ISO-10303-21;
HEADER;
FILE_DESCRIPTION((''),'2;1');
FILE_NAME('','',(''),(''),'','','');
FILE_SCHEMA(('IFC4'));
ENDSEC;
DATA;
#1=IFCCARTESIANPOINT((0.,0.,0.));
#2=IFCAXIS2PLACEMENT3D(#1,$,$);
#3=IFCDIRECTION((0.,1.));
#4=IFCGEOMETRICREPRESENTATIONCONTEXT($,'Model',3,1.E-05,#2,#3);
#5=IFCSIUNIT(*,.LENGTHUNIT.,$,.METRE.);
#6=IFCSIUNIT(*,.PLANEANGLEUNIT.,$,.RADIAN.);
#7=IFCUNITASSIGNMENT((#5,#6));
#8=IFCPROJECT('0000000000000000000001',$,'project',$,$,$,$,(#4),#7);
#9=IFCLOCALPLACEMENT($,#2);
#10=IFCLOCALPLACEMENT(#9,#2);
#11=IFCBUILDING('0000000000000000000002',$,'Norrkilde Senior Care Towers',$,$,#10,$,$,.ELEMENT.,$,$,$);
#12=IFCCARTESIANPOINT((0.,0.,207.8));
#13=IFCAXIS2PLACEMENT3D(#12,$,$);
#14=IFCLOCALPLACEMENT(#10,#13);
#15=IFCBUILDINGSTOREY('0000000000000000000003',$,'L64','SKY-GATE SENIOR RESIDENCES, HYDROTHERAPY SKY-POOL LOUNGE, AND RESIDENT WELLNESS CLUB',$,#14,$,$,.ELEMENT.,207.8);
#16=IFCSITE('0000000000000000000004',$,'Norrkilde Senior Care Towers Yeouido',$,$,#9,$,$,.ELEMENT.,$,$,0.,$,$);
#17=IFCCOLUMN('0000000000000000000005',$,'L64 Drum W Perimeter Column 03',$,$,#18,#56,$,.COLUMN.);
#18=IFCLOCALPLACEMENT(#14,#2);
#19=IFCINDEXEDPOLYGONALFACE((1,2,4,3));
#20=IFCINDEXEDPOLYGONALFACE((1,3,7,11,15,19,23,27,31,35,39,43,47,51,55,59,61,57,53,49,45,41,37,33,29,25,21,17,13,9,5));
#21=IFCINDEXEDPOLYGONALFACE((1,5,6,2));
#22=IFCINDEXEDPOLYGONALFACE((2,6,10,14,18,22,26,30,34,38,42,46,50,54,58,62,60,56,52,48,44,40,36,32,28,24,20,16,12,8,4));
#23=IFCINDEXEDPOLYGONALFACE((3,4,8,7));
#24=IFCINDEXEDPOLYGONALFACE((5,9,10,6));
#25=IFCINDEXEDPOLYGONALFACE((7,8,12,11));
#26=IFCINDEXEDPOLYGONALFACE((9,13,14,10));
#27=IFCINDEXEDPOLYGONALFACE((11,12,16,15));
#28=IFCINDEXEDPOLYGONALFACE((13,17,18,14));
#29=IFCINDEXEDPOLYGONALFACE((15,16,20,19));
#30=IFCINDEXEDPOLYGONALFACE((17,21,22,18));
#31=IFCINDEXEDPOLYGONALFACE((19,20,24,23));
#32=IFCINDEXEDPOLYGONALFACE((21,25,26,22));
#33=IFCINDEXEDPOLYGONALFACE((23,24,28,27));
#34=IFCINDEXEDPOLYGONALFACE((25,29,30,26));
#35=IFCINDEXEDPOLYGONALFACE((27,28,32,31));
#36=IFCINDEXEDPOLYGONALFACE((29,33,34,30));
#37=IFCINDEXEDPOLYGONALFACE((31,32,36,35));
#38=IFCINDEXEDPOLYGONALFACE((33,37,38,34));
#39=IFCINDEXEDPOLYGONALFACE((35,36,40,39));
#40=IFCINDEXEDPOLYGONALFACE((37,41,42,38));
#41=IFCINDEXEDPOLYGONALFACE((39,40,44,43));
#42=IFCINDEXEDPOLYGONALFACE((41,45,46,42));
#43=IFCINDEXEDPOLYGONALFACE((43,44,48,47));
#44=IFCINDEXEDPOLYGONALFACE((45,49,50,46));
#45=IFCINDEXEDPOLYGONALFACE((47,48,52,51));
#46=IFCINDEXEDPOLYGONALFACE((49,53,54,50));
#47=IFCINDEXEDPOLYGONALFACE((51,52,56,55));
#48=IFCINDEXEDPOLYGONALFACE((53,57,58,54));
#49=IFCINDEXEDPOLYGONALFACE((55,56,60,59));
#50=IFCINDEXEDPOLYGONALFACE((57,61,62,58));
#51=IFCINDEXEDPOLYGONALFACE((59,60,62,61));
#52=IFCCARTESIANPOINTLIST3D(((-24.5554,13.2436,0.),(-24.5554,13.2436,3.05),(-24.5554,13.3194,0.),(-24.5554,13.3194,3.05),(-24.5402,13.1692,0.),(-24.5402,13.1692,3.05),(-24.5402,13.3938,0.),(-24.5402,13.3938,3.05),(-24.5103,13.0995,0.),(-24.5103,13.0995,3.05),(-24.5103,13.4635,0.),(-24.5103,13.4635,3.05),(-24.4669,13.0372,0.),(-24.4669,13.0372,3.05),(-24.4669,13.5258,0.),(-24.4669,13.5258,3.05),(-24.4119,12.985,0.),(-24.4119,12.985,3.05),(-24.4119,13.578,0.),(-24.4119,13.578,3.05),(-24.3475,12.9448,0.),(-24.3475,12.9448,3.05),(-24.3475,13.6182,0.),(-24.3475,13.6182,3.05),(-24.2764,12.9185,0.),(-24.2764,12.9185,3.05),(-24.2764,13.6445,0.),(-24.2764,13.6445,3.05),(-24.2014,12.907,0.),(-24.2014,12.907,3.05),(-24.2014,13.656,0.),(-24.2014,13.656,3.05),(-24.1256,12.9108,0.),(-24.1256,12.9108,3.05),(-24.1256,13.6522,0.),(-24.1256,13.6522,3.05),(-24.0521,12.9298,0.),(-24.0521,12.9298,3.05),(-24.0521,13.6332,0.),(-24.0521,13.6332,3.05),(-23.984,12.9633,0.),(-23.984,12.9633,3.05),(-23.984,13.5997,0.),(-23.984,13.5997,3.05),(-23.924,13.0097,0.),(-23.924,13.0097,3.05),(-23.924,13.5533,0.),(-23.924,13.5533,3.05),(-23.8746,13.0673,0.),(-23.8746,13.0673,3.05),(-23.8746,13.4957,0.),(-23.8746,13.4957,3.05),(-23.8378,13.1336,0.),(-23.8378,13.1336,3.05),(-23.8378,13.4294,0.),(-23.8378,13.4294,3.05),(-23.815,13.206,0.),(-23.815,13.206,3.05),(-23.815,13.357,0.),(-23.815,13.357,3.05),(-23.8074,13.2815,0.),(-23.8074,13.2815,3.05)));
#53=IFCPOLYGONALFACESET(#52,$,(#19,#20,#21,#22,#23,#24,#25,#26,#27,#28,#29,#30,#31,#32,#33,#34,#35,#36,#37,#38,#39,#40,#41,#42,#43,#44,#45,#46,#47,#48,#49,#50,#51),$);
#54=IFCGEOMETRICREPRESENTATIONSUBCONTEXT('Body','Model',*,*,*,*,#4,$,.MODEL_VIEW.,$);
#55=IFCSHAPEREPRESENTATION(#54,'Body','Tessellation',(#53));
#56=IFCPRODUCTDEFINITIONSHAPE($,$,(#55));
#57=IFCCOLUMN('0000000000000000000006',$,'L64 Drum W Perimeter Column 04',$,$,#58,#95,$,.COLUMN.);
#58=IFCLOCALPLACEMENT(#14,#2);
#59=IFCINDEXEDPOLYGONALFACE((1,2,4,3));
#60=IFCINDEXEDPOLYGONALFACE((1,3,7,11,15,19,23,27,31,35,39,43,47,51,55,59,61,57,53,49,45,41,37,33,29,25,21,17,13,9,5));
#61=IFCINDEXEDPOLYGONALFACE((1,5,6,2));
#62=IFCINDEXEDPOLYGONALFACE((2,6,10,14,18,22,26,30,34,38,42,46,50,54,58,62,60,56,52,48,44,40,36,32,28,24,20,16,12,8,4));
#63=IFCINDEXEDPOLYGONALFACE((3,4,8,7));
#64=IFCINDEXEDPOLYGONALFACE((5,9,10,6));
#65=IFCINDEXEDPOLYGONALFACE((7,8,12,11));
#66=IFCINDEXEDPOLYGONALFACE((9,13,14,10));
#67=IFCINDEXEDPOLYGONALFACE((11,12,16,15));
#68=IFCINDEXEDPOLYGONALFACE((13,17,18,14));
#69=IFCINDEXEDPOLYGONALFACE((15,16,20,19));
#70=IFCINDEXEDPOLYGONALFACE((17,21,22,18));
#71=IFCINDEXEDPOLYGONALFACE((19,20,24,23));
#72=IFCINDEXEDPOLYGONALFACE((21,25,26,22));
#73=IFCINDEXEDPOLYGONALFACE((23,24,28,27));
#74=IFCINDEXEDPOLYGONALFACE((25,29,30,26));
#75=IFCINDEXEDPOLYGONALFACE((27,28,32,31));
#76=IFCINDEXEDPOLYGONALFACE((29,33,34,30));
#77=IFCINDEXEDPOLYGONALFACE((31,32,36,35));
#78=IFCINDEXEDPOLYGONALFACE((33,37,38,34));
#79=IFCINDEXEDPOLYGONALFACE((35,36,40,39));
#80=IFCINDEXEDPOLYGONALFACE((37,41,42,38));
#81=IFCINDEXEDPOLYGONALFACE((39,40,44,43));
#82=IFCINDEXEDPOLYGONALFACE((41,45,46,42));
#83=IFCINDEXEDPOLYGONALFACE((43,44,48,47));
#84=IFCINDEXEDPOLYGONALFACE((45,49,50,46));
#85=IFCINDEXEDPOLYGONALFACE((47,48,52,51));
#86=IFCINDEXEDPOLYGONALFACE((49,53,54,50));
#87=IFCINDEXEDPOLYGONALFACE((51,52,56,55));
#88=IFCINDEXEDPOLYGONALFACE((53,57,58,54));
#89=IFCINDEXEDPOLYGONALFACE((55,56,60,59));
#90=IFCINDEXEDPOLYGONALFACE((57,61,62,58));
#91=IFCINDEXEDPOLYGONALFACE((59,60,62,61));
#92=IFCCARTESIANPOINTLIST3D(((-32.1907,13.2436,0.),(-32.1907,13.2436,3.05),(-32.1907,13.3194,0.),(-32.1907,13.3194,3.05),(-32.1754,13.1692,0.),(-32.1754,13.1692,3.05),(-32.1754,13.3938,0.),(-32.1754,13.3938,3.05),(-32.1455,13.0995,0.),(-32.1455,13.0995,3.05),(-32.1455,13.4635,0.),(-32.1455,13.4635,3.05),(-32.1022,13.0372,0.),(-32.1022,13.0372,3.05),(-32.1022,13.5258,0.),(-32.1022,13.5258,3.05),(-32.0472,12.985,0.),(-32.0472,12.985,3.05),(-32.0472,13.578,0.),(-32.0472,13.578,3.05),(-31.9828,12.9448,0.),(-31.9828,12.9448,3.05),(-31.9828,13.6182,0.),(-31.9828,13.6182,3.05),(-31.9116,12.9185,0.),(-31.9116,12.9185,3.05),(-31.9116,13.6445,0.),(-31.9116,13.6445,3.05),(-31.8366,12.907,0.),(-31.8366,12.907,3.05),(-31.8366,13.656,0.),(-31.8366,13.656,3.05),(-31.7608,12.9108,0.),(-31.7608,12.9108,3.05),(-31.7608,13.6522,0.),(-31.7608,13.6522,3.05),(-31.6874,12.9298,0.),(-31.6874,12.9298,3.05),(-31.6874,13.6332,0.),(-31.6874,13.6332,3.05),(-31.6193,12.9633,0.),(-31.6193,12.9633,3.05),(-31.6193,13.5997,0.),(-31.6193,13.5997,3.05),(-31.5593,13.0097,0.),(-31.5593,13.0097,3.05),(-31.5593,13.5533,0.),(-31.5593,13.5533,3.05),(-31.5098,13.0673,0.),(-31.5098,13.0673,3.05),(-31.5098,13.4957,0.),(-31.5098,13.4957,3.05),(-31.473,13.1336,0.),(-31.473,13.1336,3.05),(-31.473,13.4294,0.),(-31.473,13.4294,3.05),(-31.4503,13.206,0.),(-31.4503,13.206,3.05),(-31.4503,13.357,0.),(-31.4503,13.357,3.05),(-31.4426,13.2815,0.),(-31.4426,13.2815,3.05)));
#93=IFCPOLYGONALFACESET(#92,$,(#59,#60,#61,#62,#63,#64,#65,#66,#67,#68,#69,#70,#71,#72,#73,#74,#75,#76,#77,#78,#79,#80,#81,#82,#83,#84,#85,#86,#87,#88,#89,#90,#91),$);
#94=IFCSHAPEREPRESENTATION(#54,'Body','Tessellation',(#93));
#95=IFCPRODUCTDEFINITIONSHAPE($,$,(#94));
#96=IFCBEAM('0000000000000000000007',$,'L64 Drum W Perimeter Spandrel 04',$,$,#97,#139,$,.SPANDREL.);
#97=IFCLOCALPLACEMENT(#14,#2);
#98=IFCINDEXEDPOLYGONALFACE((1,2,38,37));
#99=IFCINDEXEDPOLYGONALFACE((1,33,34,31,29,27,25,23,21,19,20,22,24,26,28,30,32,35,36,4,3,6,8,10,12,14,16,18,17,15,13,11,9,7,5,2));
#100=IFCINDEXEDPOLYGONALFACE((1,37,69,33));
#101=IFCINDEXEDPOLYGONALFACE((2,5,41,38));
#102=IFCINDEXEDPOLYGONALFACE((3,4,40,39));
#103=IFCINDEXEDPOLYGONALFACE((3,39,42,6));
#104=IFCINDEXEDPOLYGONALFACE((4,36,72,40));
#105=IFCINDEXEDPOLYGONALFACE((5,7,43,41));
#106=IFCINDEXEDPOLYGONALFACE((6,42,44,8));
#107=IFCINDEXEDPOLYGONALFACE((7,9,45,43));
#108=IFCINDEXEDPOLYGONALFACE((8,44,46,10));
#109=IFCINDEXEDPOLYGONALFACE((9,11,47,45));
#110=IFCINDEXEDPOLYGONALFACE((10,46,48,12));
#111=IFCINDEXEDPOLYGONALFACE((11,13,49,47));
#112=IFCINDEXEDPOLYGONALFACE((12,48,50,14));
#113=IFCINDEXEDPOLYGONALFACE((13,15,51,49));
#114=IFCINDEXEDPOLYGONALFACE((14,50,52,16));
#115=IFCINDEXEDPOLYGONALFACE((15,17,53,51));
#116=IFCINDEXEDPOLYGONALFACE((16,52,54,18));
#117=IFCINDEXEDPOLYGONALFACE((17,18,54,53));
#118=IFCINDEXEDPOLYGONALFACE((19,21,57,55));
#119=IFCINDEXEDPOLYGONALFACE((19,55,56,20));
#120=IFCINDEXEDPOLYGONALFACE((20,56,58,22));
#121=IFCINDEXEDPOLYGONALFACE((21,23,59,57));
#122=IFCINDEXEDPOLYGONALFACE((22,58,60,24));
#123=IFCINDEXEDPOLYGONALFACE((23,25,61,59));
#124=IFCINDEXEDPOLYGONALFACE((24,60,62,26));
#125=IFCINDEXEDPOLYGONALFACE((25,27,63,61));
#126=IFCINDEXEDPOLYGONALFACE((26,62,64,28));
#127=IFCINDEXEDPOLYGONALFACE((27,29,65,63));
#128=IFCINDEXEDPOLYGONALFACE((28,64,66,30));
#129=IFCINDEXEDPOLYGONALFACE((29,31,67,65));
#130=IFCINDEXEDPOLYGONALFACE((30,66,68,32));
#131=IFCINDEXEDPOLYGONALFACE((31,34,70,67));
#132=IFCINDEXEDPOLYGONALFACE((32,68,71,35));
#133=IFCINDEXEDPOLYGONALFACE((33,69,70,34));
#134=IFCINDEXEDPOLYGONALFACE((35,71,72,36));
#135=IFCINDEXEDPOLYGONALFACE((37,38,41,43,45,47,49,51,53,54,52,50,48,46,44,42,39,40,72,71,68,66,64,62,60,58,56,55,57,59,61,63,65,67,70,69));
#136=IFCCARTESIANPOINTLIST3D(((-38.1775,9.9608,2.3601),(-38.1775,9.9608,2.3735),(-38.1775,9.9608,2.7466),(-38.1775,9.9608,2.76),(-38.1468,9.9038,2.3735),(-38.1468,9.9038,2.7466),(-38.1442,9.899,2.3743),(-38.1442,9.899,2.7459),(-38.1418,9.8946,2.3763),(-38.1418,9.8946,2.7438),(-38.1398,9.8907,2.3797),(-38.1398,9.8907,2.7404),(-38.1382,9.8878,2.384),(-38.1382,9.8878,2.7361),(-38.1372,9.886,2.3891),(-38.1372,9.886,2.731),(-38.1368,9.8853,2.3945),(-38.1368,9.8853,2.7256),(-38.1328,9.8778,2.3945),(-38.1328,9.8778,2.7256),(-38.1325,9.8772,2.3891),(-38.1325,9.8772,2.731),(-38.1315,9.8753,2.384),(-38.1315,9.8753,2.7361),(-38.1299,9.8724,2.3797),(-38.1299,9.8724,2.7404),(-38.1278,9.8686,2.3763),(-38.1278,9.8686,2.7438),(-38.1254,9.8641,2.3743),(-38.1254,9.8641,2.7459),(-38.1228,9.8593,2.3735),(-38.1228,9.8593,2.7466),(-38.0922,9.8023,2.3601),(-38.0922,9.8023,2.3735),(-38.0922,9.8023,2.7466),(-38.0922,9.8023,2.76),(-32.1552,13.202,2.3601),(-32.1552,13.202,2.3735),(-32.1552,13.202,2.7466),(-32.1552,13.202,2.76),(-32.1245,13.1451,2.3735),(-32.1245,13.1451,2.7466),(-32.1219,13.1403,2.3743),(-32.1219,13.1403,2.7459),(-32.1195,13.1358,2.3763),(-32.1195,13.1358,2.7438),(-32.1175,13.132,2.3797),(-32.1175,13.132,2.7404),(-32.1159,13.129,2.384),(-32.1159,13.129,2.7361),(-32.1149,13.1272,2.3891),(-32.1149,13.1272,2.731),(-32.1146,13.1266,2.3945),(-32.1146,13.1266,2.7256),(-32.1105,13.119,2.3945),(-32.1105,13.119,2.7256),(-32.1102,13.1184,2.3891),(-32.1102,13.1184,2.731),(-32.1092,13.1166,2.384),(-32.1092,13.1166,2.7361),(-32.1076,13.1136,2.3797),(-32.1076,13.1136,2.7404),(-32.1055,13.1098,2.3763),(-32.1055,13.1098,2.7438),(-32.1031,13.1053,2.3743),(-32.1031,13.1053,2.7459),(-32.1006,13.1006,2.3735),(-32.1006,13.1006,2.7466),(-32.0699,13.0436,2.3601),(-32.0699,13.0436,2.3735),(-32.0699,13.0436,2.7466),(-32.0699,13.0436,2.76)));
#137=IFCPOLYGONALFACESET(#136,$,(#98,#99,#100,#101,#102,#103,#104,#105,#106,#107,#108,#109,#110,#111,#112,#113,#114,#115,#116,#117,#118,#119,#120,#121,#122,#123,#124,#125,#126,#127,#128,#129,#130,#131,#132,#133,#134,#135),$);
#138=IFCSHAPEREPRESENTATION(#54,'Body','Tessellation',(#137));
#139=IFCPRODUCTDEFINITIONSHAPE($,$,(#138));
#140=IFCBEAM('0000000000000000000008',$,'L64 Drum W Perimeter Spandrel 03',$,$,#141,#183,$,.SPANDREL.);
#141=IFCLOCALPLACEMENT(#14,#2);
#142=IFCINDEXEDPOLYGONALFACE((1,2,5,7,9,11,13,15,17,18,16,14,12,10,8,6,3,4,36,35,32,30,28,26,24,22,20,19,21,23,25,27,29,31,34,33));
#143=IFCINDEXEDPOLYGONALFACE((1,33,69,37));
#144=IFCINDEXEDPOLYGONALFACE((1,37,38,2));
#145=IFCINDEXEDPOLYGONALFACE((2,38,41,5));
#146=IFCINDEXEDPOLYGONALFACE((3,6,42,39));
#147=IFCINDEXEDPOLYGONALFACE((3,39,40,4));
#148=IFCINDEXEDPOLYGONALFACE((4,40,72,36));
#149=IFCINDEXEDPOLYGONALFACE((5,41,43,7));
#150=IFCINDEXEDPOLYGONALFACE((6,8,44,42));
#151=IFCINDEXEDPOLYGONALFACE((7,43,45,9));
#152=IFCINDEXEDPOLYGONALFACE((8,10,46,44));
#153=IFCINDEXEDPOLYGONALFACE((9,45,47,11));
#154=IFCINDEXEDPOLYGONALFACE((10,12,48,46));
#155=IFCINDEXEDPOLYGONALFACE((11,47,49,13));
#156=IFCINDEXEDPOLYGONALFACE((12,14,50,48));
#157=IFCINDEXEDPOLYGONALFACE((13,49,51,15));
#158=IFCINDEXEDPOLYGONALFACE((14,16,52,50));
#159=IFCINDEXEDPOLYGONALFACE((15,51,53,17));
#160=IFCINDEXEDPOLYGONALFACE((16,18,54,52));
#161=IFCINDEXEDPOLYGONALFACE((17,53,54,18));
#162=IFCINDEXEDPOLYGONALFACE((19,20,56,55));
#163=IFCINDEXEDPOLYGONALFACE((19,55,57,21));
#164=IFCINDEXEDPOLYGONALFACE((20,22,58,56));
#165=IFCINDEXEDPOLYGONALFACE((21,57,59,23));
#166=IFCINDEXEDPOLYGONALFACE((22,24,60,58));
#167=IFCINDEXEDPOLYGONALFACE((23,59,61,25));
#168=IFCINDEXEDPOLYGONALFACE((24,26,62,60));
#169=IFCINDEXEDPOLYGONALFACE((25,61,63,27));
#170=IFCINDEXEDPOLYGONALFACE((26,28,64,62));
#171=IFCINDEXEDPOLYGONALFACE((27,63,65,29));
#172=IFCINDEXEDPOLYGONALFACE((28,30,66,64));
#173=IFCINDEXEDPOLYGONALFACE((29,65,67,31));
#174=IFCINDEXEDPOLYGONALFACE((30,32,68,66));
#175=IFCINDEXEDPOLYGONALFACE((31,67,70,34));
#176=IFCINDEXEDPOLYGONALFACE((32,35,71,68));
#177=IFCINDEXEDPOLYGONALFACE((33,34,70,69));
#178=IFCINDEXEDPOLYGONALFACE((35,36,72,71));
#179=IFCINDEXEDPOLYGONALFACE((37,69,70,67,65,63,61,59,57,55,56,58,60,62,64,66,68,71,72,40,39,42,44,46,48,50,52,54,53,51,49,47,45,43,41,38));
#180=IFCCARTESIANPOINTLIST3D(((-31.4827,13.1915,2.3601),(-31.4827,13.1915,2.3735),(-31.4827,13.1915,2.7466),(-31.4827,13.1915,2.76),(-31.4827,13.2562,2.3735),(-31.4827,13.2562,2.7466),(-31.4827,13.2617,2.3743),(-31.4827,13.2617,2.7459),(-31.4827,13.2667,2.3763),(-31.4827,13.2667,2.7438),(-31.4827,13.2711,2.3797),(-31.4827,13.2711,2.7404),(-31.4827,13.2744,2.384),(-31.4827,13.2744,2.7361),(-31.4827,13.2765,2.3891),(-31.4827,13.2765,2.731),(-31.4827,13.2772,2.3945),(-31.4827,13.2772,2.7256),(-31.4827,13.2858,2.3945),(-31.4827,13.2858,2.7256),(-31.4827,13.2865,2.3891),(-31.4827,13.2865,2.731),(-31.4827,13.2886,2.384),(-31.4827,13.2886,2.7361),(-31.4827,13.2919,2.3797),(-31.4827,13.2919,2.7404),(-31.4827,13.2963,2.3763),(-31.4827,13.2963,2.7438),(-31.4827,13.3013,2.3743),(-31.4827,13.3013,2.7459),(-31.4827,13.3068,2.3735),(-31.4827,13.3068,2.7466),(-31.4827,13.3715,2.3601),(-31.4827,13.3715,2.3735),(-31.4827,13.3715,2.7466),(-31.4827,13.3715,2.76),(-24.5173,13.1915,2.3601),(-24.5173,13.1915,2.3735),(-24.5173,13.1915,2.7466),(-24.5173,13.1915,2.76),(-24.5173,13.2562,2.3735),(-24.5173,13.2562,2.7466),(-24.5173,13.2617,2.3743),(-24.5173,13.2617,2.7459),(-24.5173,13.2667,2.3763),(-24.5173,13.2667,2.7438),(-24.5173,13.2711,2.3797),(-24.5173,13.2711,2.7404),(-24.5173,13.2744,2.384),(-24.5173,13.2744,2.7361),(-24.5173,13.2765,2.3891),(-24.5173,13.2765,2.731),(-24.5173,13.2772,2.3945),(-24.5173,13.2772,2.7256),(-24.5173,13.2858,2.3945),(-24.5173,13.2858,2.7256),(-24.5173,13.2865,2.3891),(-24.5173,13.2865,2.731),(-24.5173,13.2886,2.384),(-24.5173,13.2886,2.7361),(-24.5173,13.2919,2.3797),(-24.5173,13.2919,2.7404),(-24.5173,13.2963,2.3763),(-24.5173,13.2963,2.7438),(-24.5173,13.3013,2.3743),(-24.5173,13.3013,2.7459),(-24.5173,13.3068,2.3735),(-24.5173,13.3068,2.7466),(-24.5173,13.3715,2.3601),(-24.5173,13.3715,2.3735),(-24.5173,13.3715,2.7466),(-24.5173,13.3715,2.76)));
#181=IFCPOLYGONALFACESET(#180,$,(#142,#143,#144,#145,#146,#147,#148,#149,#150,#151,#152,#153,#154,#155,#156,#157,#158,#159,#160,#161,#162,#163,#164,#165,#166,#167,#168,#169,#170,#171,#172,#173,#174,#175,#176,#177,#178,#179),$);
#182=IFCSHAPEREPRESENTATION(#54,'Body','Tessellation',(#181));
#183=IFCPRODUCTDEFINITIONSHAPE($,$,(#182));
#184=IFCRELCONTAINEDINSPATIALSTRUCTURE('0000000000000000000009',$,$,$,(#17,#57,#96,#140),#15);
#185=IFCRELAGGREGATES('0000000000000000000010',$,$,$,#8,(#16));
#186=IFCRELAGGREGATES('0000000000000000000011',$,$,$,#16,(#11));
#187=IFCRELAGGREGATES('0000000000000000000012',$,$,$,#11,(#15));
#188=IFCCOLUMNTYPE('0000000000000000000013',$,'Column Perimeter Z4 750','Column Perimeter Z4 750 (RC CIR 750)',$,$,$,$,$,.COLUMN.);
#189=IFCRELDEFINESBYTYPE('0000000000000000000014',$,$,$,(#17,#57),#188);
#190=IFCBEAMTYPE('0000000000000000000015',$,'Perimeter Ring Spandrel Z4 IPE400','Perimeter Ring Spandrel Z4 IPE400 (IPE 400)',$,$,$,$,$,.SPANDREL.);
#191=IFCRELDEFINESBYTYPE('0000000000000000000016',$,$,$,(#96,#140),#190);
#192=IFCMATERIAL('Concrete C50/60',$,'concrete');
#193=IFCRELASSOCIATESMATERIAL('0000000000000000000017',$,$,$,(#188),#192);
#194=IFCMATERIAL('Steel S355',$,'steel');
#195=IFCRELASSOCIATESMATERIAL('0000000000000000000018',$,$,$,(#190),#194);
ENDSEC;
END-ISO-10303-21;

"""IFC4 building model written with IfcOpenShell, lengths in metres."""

from ifc_helpers import new_model, si_unit, direction, frame, origin, origin_2d, place, context, subcontext, project, spatial, circle, i_section, extrude, source, transform, mapped, material, material_profile, profile_set, type_object, type_shapes, element, save


model = new_model("IFC4")

# Units and contexts
model_context = context("Model", 3, precision=1e-05, world=origin(), true_north=direction((0.0, 1.0)))
body_context = subcontext(model_context, "Body", "Model", "MODEL_VIEW")
ifc_project = project(units=[si_unit("LENGTHUNIT", "METRE"), si_unit("PLANEANGLEUNIT", "RADIAN")], contexts=[model_context])

# Site, building, storey
site_placement = place(None, origin())
site = spatial("IfcSite", under=ifc_project, at=site_placement, Name="Norrkilde Senior Care Towers Yeouido", CompositionType="ELEMENT", RefElevation=0.0)
building_placement = place(site_placement, origin())
building = spatial("IfcBuilding", under=site, at=building_placement, Name="Norrkilde Senior Care Towers", CompositionType="ELEMENT")
storey_placement = place(building_placement, frame((0.0, 0.0, 207.8)))
storey = spatial("IfcBuildingStorey", under=building, at=storey_placement, Name="L64", Description="SKY-GATE SENIOR RESIDENCES, HYDROTHERAPY SKY-POOL LOUNGE, AND RESIDENT WELLNESS CLUB", CompositionType="ELEMENT", Elevation=207.8)

# Columns
ifc_material_1 = material(Name="Concrete C50/60", Category="concrete")
ifc_material_profile_1 = material_profile(ifc_material_1, circle(Radius=0.375, at=origin_2d()), Name="RC CIR 750")
ifc_profile_set_1 = profile_set([ifc_material_profile_1], Name="Concrete C50/60")
column_type = type_object("IfcColumnType", Name="Column Perimeter Z4 750", Description="Column Perimeter Z4 750 (RC CIR 750)", PredefinedType="COLUMN", material=ifc_profile_set_1)
shared_shape_1 = source(origin(), body_context, "Body", "SweptSolid", [
    extrude(circle(Radius=0.375, at=origin_2d()), origin(), (0.0, 0.0, 1.0), 3.05),
])
type_shapes(column_type, [shared_shape_1])
for number, where, z_axis, x_axis, name in (
    (1, (-24.1824, 13.2815, 0.0), (0.0, 0.0, 1.0), (1.0, 0.0, 0.0), "L64 Drum W Perimeter Column 03"),
    (2, (-31.8176, 13.2815, 0.0), (0.0, 0.0, 1.0), (1.0, 0.0, 0.0), "L64 Drum W Perimeter Column 04"),
):
    element("IfcColumn", number, at=place(storey_placement, frame(where, z_axis=z_axis, x_axis=x_axis)), inside=storey, type_object=column_type, Name=name, PredefinedType="COLUMN", context=body_context, shape_type="MappedRepresentation", body=[
        mapped(shared_shape_1, transform((0.0, 0.0, 0.0), x_axis=(1.0, 0.0, 0.0), y_axis=(0.0, 1.0, 0.0), z_axis=(0.0, 0.0, 1.0), scale=1.0)),
    ])

# Beams
ifc_material_2 = material(Name="Steel S355", Category="steel")
ifc_material_profile_2 = material_profile(ifc_material_2, i_section(OverallWidth=0.1799, OverallDepth=0.3999, WebThickness=0.0085, FlangeThickness=0.0134, FilletRadius=0.021, at=origin_2d()), Name="IPE 400")
ifc_profile_set_2 = profile_set([ifc_material_profile_2], Name="Steel S355")
beam_type_1 = type_object("IfcBeamType", Name="Perimeter Ring Spandrel Z4 IPE400", Description="Perimeter Ring Spandrel Z4 IPE400 (IPE 400)", PredefinedType="SPANDREL", material=ifc_profile_set_2)
shared_shape_2 = source(origin(), body_context, "Body", "SweptSolid", [
    extrude(i_section(OverallWidth=0.1799, OverallDepth=0.3999, WebThickness=0.0085, FlangeThickness=0.0134, FilletRadius=0.021, at=origin_2d()), origin(), (0.0, 0.0, 1.0), 6.8391),
])
beam_1_placement = place(storey_placement, frame((-32.1125, 13.1228, 2.5601), z_axis=(-0.880564, -0.473927, 0.0), x_axis=(0.473927, -0.880564, 0.0)))
element("IfcBeam", 3, at=beam_1_placement, inside=storey, type_object=beam_type_1, Name="L64 Drum W Perimeter Spandrel 04", PredefinedType="SPANDREL", context=body_context, shape_type="MappedRepresentation", body=[
    mapped(shared_shape_2, transform((0.0, 0.0, 0.0), x_axis=(1.0, 0.0, 0.0), y_axis=(0.0, 1.0, 0.0), z_axis=(0.0, 0.0, 1.0), scale=1.0)),
])
shared_shape_3 = source(origin(), body_context, "Body", "SweptSolid", [
    extrude(i_section(OverallWidth=0.1799, OverallDepth=0.3999, WebThickness=0.0085, FlangeThickness=0.0134, FilletRadius=0.021, at=origin_2d()), origin(), (0.0, 0.0, 1.0), 6.9653),
])
type_shapes(beam_type_1, [shared_shape_2, shared_shape_3])
beam_2_placement = place(storey_placement, frame((-24.5173, 13.2815, 2.5601), z_axis=(-1.0, 0.0, 0.0), x_axis=(0.0, -1.0, 0.0)))
element("IfcBeam", 4, at=beam_2_placement, inside=storey, type_object=beam_type_1, Name="L64 Drum W Perimeter Spandrel 03", PredefinedType="SPANDREL", context=body_context, shape_type="MappedRepresentation", body=[
    mapped(shared_shape_3, transform((0.0, 0.0, 0.0), x_axis=(1.0, 0.0, 0.0), y_axis=(0.0, 1.0, 0.0), z_axis=(0.0, 0.0, 1.0), scale=1.0)),
])

save(model, "model.ifc")
